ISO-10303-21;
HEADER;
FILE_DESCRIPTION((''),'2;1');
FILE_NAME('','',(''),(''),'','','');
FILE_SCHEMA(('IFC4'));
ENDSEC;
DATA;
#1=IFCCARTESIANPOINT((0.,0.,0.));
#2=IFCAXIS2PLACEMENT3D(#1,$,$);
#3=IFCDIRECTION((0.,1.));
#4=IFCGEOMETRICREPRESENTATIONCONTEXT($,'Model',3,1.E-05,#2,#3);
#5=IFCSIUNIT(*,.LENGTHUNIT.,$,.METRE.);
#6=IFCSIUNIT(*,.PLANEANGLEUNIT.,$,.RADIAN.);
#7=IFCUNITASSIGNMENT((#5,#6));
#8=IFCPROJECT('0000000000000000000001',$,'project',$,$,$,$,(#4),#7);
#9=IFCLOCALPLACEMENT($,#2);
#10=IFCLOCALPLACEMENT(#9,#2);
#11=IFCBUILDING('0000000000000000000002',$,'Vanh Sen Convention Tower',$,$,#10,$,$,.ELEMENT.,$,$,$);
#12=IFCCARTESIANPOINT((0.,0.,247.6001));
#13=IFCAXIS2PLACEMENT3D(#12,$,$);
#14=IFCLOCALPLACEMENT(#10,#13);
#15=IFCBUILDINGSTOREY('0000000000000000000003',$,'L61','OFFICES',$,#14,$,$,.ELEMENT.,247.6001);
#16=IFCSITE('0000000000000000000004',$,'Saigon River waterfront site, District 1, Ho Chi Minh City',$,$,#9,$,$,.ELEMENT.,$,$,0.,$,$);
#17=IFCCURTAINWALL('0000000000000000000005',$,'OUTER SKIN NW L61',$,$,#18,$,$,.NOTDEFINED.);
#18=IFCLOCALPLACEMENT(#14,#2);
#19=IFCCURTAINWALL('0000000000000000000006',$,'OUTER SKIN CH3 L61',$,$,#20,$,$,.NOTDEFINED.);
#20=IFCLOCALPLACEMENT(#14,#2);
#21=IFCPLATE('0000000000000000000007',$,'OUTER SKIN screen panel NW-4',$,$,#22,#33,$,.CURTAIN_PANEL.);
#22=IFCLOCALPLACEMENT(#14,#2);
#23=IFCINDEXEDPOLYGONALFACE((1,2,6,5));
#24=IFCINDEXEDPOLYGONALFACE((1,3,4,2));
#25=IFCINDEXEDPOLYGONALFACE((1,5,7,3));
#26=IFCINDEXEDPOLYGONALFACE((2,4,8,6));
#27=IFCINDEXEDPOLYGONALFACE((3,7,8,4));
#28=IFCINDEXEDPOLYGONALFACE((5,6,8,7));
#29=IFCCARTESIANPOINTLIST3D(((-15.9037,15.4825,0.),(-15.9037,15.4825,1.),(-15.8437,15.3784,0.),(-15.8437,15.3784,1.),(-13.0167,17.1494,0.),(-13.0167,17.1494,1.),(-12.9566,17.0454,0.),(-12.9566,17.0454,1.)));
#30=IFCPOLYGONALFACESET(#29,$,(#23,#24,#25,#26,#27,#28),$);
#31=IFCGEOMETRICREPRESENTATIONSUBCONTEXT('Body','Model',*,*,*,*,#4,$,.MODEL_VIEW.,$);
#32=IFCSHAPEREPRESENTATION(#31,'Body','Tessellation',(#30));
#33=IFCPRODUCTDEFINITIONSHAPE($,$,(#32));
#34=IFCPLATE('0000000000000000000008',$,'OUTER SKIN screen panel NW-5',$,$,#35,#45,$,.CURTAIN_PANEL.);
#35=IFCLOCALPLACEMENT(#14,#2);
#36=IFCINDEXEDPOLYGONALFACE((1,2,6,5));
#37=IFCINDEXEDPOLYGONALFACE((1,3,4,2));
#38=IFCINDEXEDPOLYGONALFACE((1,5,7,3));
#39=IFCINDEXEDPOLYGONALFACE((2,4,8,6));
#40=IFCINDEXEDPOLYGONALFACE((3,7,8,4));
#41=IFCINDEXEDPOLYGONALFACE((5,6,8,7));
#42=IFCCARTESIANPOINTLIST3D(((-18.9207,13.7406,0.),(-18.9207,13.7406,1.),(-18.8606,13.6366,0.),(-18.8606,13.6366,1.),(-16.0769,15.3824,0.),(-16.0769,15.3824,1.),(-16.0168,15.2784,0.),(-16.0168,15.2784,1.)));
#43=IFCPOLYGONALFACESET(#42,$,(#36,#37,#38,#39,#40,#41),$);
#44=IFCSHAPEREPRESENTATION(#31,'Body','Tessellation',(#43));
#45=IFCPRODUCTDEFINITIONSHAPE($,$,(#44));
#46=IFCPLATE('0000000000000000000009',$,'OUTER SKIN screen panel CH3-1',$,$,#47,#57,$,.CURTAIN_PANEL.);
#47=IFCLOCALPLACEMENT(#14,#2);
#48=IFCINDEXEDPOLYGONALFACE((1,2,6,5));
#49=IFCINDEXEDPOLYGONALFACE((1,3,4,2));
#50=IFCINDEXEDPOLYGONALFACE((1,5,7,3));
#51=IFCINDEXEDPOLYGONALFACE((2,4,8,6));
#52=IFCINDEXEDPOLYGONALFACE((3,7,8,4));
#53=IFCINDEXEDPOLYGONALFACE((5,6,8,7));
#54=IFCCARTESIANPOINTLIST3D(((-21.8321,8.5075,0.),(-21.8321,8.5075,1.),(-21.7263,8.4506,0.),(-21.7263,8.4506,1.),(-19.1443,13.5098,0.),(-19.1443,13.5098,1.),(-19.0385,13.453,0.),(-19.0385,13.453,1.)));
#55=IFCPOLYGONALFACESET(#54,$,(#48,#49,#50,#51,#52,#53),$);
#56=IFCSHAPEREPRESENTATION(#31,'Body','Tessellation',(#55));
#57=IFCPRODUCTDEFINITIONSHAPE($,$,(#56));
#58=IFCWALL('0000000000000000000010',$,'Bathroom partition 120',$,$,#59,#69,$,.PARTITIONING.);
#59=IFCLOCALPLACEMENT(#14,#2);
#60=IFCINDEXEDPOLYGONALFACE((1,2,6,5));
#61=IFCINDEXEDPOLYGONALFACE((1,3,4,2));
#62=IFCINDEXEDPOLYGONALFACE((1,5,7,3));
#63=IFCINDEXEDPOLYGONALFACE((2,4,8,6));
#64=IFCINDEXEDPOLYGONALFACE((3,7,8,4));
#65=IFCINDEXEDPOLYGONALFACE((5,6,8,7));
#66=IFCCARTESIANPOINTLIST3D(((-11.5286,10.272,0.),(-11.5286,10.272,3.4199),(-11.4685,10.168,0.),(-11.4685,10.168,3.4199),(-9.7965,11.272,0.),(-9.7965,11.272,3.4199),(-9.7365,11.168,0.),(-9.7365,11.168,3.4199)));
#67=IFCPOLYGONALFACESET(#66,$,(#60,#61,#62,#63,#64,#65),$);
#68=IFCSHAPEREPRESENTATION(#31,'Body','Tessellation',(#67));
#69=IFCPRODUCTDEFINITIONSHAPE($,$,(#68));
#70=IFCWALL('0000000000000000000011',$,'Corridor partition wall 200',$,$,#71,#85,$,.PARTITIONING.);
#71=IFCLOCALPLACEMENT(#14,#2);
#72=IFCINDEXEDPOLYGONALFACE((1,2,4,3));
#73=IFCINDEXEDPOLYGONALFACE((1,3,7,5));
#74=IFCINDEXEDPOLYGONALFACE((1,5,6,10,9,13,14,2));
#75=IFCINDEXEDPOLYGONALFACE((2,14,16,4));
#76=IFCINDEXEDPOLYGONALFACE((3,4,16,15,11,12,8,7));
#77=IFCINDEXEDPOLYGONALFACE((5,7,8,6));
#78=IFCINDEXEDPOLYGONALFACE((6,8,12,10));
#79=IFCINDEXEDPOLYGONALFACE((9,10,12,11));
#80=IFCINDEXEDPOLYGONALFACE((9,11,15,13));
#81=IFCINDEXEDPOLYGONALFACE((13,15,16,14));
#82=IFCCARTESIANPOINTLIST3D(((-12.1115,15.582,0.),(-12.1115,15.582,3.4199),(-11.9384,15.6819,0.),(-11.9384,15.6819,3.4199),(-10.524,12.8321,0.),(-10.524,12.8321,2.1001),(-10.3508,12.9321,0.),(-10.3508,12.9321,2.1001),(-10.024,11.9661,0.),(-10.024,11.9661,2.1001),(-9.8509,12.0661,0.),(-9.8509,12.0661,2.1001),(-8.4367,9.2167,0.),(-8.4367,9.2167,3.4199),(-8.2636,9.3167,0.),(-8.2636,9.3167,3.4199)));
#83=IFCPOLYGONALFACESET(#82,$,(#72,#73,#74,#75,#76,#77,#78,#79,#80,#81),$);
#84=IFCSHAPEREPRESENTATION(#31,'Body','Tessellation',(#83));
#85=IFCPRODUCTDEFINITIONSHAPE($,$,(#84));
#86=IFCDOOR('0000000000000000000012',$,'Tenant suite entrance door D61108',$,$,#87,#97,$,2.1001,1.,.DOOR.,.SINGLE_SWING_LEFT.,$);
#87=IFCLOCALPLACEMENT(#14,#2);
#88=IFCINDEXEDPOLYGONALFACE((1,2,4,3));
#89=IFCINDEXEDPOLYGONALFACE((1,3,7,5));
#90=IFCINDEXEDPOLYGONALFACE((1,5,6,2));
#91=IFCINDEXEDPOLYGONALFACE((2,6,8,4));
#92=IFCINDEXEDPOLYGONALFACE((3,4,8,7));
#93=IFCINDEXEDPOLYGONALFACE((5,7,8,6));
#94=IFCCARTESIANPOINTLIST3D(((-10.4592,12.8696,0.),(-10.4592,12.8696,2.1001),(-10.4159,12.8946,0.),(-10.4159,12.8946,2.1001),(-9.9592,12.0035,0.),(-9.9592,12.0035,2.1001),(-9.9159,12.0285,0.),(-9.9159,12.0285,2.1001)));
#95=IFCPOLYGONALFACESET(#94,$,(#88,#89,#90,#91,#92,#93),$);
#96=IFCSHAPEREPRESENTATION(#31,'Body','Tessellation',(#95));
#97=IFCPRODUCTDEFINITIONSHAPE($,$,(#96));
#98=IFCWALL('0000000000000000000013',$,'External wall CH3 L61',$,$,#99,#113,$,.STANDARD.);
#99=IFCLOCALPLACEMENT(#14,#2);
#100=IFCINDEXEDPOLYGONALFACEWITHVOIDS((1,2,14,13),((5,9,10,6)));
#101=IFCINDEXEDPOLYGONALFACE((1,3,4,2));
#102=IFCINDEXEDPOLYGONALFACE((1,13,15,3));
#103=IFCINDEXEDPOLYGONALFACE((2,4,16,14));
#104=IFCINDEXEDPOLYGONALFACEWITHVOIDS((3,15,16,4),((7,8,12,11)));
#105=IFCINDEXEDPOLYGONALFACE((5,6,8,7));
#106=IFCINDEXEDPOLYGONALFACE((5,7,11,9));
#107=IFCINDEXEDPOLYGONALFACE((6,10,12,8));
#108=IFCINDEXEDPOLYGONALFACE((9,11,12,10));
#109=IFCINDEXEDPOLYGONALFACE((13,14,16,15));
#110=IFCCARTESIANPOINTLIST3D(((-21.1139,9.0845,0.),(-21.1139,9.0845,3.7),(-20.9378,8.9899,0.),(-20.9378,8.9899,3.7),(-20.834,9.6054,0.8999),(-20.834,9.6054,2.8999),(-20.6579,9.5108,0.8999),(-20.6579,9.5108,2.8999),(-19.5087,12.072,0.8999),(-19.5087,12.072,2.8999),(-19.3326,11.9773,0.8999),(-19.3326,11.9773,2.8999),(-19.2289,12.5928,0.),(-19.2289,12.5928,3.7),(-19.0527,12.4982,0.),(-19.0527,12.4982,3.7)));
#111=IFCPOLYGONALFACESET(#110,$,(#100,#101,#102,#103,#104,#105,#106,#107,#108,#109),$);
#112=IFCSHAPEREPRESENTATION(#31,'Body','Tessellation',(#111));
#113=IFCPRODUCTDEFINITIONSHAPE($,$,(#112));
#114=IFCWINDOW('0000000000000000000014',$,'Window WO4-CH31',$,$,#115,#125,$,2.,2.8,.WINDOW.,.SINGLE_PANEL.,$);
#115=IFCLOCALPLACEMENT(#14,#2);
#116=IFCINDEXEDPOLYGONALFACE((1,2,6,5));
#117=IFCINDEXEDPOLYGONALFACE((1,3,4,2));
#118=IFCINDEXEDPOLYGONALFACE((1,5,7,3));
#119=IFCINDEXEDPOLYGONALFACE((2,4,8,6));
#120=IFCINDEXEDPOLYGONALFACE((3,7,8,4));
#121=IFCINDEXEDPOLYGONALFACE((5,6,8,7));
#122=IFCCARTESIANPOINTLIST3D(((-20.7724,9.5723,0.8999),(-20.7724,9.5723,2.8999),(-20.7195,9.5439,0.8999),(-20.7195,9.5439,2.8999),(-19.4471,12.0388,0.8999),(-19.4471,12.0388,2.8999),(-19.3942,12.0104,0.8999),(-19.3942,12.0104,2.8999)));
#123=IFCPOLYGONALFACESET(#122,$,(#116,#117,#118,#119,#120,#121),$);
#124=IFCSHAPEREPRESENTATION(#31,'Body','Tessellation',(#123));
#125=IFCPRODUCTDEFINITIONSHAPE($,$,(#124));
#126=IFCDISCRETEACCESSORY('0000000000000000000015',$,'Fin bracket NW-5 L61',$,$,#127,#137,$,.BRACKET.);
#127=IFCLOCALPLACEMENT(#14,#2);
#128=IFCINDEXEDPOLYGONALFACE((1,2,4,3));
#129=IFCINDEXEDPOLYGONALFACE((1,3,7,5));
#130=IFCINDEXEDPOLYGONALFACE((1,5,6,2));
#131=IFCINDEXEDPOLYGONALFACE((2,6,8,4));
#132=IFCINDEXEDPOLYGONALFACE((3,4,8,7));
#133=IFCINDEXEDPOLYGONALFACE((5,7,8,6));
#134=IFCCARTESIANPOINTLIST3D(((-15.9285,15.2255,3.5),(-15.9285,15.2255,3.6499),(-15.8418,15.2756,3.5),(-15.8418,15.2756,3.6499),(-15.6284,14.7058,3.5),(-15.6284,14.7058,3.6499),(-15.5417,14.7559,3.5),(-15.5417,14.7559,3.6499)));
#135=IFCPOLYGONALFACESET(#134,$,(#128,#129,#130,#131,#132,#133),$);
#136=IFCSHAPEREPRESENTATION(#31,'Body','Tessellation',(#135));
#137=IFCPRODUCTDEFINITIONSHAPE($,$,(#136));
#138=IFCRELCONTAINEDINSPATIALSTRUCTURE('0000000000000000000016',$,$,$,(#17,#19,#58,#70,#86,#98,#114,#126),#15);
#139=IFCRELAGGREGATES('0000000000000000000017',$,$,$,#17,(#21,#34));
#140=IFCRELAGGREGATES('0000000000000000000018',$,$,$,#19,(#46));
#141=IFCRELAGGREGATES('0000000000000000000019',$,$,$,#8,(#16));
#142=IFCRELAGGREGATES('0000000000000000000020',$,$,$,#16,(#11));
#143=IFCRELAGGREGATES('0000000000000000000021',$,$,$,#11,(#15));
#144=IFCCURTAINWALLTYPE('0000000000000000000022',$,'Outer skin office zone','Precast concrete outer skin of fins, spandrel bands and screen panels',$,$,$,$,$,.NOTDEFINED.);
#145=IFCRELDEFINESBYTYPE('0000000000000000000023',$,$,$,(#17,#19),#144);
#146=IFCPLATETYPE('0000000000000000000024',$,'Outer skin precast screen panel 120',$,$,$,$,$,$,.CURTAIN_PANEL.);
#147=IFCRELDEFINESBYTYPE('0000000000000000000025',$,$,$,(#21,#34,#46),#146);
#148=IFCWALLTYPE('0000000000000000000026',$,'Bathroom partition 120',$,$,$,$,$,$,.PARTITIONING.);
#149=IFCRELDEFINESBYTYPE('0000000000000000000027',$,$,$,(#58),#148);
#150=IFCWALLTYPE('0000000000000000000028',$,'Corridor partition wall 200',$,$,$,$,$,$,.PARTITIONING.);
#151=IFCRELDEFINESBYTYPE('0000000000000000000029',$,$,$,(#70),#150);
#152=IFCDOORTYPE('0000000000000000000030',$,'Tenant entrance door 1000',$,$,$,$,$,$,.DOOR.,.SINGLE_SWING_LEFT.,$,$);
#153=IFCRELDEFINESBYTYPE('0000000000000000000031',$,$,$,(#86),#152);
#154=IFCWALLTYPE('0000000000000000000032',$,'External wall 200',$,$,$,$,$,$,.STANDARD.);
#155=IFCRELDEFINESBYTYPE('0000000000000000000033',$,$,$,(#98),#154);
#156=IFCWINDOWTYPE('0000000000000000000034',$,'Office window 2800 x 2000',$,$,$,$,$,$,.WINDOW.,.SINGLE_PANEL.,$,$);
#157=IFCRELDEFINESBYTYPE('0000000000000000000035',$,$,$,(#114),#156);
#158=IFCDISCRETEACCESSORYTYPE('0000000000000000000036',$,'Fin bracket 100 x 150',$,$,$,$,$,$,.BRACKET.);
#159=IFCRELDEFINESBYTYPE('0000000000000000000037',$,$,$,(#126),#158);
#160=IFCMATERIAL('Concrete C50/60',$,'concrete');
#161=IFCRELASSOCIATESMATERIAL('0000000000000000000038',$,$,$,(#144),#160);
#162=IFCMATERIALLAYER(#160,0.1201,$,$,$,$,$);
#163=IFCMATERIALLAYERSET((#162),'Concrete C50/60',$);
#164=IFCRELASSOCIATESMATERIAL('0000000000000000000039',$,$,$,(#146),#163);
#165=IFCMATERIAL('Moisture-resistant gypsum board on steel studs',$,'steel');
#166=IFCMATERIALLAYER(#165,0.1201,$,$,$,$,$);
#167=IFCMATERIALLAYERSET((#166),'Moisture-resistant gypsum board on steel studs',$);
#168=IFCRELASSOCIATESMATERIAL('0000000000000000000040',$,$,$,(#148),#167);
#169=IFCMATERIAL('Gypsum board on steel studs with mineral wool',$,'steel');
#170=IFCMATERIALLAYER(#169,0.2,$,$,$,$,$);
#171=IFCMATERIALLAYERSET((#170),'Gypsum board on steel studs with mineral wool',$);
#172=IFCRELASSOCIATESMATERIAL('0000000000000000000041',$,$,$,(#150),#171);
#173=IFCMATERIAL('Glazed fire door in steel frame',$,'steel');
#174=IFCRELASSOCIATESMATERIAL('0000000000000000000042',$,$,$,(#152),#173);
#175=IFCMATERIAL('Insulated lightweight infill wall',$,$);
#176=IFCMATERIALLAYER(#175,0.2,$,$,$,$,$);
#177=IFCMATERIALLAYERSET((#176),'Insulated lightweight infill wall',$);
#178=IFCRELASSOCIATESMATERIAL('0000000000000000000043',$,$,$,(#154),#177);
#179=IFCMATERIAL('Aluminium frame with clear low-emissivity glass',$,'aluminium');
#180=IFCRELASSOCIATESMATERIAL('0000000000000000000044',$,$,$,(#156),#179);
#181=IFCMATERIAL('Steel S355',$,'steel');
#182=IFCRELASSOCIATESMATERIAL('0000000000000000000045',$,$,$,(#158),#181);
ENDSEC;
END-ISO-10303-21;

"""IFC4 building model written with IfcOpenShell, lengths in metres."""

from ifc_helpers import new_model, si_unit, direction, frame, frame_2d, origin, origin_2d, place, context, subcontext, project, spatial, rectangle, extrude, material, layer, layer_set, type_object, element, fill, aggregate, save


model = new_model("IFC4")

# Units and contexts
model_context = context("Model", 3, precision=1e-05, world=origin(), true_north=direction((0.0, 1.0)))
body_context = subcontext(model_context, "Body", "Model", "MODEL_VIEW")
ifc_project = project(units=[si_unit("LENGTHUNIT", "METRE"), si_unit("PLANEANGLEUNIT", "RADIAN")], contexts=[model_context])

# Site, building, storey
site_placement = place(None, origin())
site = spatial("IfcSite", under=ifc_project, at=site_placement, Name="Saigon River waterfront site, District 1, Ho Chi Minh City", CompositionType="ELEMENT", RefElevation=0.0)
building_placement = place(site_placement, origin())
building = spatial("IfcBuilding", under=site, at=building_placement, Name="Vanh Sen Convention Tower", CompositionType="ELEMENT")
storey_placement = place(building_placement, frame((0.0, 0.0, 247.6001)))
storey = spatial("IfcBuildingStorey", under=building, at=storey_placement, Name="L61", Description="OFFICES", CompositionType="ELEMENT", Elevation=247.6001)

# Curtain wall
ifc_material_1 = material(Name="Concrete C50/60", Category="concrete")
curtain_wall_type = type_object("IfcCurtainWallType", Name="Outer skin office zone", Description="Precast concrete outer skin of fins, spandrel bands and screen panels", PredefinedType="NOTDEFINED", material=ifc_material_1)
curtain_wall_1_placement = place(storey_placement, origin())
curtain_wall_1 = element("IfcCurtainWall", 1, at=curtain_wall_1_placement, inside=storey, type_object=curtain_wall_type, Name="OUTER SKIN NW L61", PredefinedType="NOTDEFINED")

# Curtain wall
curtain_wall_2_placement = place(storey_placement, origin())
curtain_wall_2 = element("IfcCurtainWall", 2, at=curtain_wall_2_placement, inside=storey, type_object=curtain_wall_type, Name="OUTER SKIN CH3 L61", PredefinedType="NOTDEFINED")

# Plates
ifc_layer_1 = layer(ifc_material_1, 0.1201)
ifc_layer_set_1 = layer_set([ifc_layer_1], Name="Concrete C50/60")
plate_type = type_object("IfcPlateType", Name="Outer skin precast screen panel 120", PredefinedType="CURTAIN_PANEL", material=ifc_layer_set_1)
plate_1_placement = place(storey_placement, frame((-14.4302, 16.2639, 0.0), z_axis=(0.0, 0.0, 1.0), x_axis=(-0.866014, -0.50002, 0.0)))
plate_1 = element("IfcPlate", 3, at=plate_1_placement, type_object=plate_type, Name="OUTER SKIN screen panel NW-4", PredefinedType="CURTAIN_PANEL", context=body_context, shape_type="SweptSolid", body=[
    extrude(rectangle(XDim=3.3337, YDim=0.1201, at=origin_2d()), origin(), (0.0, 0.0, 1.0), 1.0),
])
plate_2_placement = place(storey_placement, frame((-17.4688, 14.5095, 0.0), z_axis=(0.0, 0.0, 1.0), x_axis=(-0.866033, -0.499986, 0.0)))
plate_2 = element("IfcPlate", 4, at=plate_2_placement, type_object=plate_type, Name="OUTER SKIN screen panel NW-5", PredefinedType="CURTAIN_PANEL", context=body_context, shape_type="SweptSolid", body=[
    extrude(rectangle(XDim=3.2837, YDim=0.1201, at=origin_2d()), origin(), (0.0, 0.0, 1.0), 1.0),
])
aggregate(curtain_wall_1, [plate_1, plate_2])
plate_3_placement = place(storey_placement, frame((-20.4353, 10.9802, 0.0), z_axis=(0.0, 0.0, 1.0), x_axis=(-0.473307, -0.880897, 0.0)))
plate_3 = element("IfcPlate", 5, at=plate_3_placement, type_object=plate_type, Name="OUTER SKIN screen panel CH3-1", PredefinedType="CURTAIN_PANEL", context=body_context, shape_type="SweptSolid", body=[
    extrude(rectangle(XDim=5.6787, YDim=0.1201, at=origin_2d()), origin(), (0.0, 0.0, 1.0), 1.0),
])
aggregate(curtain_wall_2, [plate_3])

# Wall
ifc_material_2 = material(Name="Moisture-resistant gypsum board on steel studs", Category="steel")
ifc_layer_2 = layer(ifc_material_2, 0.1201)
ifc_layer_set_2 = layer_set([ifc_layer_2], Name="Moisture-resistant gypsum board on steel studs")
wall_type_1 = type_object("IfcWallType", Name="Bathroom partition 120", PredefinedType="PARTITIONING", material=ifc_layer_set_2)
wall_1_placement = place(storey_placement, frame((-11.4985, 10.22, 0.0), z_axis=(0.0, 0.0, 1.0), x_axis=(0.866011, 0.500025, 0.0)))
element("IfcWall", 6, at=wall_1_placement, inside=storey, type_object=wall_type_1, Name="Bathroom partition 120", PredefinedType="PARTITIONING", context=body_context, shape_type="SweptSolid", body=[
    extrude(rectangle(XDim=2.0, YDim=0.1201, at=frame_2d((1.0, 0.0))), origin(), (0.0, 0.0, 1.0), 3.4199),
])

# Wall, opening, door
ifc_material_3 = material(Name="Gypsum board on steel studs with mineral wool", Category="steel")
ifc_layer_3 = layer(ifc_material_3, 0.2)
ifc_layer_set_3 = layer_set([ifc_layer_3], Name="Gypsum board on steel studs with mineral wool")
wall_type_2 = type_object("IfcWallType", Name="Corridor partition wall 200", PredefinedType="PARTITIONING", material=ifc_layer_set_3)
wall_2_placement = place(storey_placement, frame((-12.0249, 15.6318, 0.0), z_axis=(0.0, 0.0, 1.0), x_axis=(0.499983, -0.866035, 0.0)))
wall_2 = element("IfcWall", 7, at=wall_2_placement, inside=storey, type_object=wall_type_2, Name="Corridor partition wall 200", PredefinedType="PARTITIONING", context=body_context, shape_type="SweptSolid", body=[
    extrude(rectangle(XDim=7.3499, YDim=0.2, at=frame_2d((3.6748, 0.0))), origin(), (0.0, 0.0, 1.0), 3.4199),
])
opening_1_placement = place(wall_2_placement, frame((3.175, 0.0, 0.0)))
opening_1 = element("IfcOpeningElement", 8, at=opening_1_placement, cuts=wall_2, PredefinedType="OPENING", context=body_context, shape_type="SweptSolid", body=[
    extrude(rectangle(XDim=1.0, YDim=2.1001, at=frame_2d((0.5, 1.05))), frame((0.0, 0.1099, 0.0), z_axis=(0.0, -1.0, 0.0), x_axis=(1.0, 0.0, 0.0)), (0.0, 0.0, 1.0), 0.22),
])
ifc_material_4 = material(Name="Glazed fire door in steel frame", Category="steel")
door_type = type_object("IfcDoorType", Name="Tenant entrance door 1000", OperationType="SINGLE_SWING_LEFT", PredefinedType="DOOR", material=ifc_material_4)
door_placement = place(opening_1_placement, origin())
door = element("IfcDoor", 9, at=door_placement, inside=storey, type_object=door_type, Name="Tenant suite entrance door D61108", OperationType="SINGLE_SWING_LEFT", OverallHeight=2.1001, OverallWidth=1.0, PredefinedType="DOOR", context=body_context, shape_type="SweptSolid", body=[
    extrude(rectangle(XDim=1.0, YDim=2.1001, at=frame_2d((0.5, 1.05))), frame((0.0, 0.0249, 0.0), z_axis=(0.0, -1.0, 0.0), x_axis=(1.0, 0.0, 0.0)), (0.0, 0.0, 1.0), 0.05),
])
fill(opening_1, door)

# Wall, opening, window
ifc_material_5 = material(Name="Insulated lightweight infill wall")
ifc_layer_4 = layer(ifc_material_5, 0.2)
ifc_layer_set_4 = layer_set([ifc_layer_4], Name="Insulated lightweight infill wall")
wall_type_3 = type_object("IfcWallType", Name="External wall 200", PredefinedType="STANDARD", material=ifc_layer_set_4)
wall_3_placement = place(storey_placement, frame((-19.1409, 12.5454, 0.0), z_axis=(0.0, 0.0, 1.0), x_axis=(-0.473306, -0.880898, 0.0)))
wall_3 = element("IfcWall", 10, at=wall_3_placement, inside=storey, type_object=wall_type_3, Name="External wall CH3 L61", PredefinedType="STANDARD", context=body_context, shape_type="SweptSolid", body=[
    extrude(rectangle(XDim=3.9827, YDim=0.2, at=frame_2d((1.9912, 0.0))), origin(), (0.0, 0.0, 1.0), 3.7),
])
opening_2_placement = place(wall_3_placement, frame((0.5913, 0.0, 0.8999)))
opening_2 = element("IfcOpeningElement", 11, at=opening_2_placement, cuts=wall_3, PredefinedType="OPENING", context=body_context, shape_type="SweptSolid", body=[
    extrude(rectangle(XDim=2.8, YDim=2.0, at=frame_2d((1.3999, 1.0))), frame((0.0, 0.1099, 0.0), z_axis=(0.0, -1.0, 0.0), x_axis=(1.0, 0.0, 0.0)), (0.0, 0.0, 1.0), 0.22),
])
ifc_material_6 = material(Name="Aluminium frame with clear low-emissivity glass", Category="aluminium")
window_type = type_object("IfcWindowType", Name="Office window 2800 x 2000", PartitioningType="SINGLE_PANEL", PredefinedType="WINDOW", material=ifc_material_6)
window_placement = place(opening_2_placement, origin())
window = element("IfcWindow", 12, at=window_placement, inside=storey, type_object=window_type, Name="Window WO4-CH31", OverallHeight=2.0, OverallWidth=2.8, PartitioningType="SINGLE_PANEL", PredefinedType="WINDOW", context=body_context, shape_type="SweptSolid", body=[
    extrude(rectangle(XDim=2.8, YDim=2.0, at=frame_2d((1.3999, 1.0))), frame((0.0, 0.03, 0.0), z_axis=(0.0, -1.0, 0.0), x_axis=(1.0, 0.0, 0.0)), (0.0, 0.0, 1.0), 0.0601),
])
fill(opening_2, window)

# Discrete accessory
ifc_material_7 = material(Name="Steel S355", Category="steel")
discrete_accessory_type = type_object("IfcDiscreteAccessoryType", Name="Fin bracket 100 x 150", PredefinedType="BRACKET", material=ifc_material_7)
discrete_accessory_placement = place(storey_placement, frame((-15.7351, 14.9907, 3.5), z_axis=(0.0, 0.0, 1.0), x_axis=(-0.5, 0.866025, 0.0)))
element("IfcDiscreteAccessory", 13, at=discrete_accessory_placement, inside=storey, type_object=discrete_accessory_type, Name="Fin bracket NW-5 L61", PredefinedType="BRACKET", context=body_context, shape_type="SweptSolid", body=[
    extrude(rectangle(XDim=0.6001, YDim=0.1001, at=origin_2d()), origin(), (0.0, 0.0, 1.0), 0.1499),
])

save(model, "model.ifc")
